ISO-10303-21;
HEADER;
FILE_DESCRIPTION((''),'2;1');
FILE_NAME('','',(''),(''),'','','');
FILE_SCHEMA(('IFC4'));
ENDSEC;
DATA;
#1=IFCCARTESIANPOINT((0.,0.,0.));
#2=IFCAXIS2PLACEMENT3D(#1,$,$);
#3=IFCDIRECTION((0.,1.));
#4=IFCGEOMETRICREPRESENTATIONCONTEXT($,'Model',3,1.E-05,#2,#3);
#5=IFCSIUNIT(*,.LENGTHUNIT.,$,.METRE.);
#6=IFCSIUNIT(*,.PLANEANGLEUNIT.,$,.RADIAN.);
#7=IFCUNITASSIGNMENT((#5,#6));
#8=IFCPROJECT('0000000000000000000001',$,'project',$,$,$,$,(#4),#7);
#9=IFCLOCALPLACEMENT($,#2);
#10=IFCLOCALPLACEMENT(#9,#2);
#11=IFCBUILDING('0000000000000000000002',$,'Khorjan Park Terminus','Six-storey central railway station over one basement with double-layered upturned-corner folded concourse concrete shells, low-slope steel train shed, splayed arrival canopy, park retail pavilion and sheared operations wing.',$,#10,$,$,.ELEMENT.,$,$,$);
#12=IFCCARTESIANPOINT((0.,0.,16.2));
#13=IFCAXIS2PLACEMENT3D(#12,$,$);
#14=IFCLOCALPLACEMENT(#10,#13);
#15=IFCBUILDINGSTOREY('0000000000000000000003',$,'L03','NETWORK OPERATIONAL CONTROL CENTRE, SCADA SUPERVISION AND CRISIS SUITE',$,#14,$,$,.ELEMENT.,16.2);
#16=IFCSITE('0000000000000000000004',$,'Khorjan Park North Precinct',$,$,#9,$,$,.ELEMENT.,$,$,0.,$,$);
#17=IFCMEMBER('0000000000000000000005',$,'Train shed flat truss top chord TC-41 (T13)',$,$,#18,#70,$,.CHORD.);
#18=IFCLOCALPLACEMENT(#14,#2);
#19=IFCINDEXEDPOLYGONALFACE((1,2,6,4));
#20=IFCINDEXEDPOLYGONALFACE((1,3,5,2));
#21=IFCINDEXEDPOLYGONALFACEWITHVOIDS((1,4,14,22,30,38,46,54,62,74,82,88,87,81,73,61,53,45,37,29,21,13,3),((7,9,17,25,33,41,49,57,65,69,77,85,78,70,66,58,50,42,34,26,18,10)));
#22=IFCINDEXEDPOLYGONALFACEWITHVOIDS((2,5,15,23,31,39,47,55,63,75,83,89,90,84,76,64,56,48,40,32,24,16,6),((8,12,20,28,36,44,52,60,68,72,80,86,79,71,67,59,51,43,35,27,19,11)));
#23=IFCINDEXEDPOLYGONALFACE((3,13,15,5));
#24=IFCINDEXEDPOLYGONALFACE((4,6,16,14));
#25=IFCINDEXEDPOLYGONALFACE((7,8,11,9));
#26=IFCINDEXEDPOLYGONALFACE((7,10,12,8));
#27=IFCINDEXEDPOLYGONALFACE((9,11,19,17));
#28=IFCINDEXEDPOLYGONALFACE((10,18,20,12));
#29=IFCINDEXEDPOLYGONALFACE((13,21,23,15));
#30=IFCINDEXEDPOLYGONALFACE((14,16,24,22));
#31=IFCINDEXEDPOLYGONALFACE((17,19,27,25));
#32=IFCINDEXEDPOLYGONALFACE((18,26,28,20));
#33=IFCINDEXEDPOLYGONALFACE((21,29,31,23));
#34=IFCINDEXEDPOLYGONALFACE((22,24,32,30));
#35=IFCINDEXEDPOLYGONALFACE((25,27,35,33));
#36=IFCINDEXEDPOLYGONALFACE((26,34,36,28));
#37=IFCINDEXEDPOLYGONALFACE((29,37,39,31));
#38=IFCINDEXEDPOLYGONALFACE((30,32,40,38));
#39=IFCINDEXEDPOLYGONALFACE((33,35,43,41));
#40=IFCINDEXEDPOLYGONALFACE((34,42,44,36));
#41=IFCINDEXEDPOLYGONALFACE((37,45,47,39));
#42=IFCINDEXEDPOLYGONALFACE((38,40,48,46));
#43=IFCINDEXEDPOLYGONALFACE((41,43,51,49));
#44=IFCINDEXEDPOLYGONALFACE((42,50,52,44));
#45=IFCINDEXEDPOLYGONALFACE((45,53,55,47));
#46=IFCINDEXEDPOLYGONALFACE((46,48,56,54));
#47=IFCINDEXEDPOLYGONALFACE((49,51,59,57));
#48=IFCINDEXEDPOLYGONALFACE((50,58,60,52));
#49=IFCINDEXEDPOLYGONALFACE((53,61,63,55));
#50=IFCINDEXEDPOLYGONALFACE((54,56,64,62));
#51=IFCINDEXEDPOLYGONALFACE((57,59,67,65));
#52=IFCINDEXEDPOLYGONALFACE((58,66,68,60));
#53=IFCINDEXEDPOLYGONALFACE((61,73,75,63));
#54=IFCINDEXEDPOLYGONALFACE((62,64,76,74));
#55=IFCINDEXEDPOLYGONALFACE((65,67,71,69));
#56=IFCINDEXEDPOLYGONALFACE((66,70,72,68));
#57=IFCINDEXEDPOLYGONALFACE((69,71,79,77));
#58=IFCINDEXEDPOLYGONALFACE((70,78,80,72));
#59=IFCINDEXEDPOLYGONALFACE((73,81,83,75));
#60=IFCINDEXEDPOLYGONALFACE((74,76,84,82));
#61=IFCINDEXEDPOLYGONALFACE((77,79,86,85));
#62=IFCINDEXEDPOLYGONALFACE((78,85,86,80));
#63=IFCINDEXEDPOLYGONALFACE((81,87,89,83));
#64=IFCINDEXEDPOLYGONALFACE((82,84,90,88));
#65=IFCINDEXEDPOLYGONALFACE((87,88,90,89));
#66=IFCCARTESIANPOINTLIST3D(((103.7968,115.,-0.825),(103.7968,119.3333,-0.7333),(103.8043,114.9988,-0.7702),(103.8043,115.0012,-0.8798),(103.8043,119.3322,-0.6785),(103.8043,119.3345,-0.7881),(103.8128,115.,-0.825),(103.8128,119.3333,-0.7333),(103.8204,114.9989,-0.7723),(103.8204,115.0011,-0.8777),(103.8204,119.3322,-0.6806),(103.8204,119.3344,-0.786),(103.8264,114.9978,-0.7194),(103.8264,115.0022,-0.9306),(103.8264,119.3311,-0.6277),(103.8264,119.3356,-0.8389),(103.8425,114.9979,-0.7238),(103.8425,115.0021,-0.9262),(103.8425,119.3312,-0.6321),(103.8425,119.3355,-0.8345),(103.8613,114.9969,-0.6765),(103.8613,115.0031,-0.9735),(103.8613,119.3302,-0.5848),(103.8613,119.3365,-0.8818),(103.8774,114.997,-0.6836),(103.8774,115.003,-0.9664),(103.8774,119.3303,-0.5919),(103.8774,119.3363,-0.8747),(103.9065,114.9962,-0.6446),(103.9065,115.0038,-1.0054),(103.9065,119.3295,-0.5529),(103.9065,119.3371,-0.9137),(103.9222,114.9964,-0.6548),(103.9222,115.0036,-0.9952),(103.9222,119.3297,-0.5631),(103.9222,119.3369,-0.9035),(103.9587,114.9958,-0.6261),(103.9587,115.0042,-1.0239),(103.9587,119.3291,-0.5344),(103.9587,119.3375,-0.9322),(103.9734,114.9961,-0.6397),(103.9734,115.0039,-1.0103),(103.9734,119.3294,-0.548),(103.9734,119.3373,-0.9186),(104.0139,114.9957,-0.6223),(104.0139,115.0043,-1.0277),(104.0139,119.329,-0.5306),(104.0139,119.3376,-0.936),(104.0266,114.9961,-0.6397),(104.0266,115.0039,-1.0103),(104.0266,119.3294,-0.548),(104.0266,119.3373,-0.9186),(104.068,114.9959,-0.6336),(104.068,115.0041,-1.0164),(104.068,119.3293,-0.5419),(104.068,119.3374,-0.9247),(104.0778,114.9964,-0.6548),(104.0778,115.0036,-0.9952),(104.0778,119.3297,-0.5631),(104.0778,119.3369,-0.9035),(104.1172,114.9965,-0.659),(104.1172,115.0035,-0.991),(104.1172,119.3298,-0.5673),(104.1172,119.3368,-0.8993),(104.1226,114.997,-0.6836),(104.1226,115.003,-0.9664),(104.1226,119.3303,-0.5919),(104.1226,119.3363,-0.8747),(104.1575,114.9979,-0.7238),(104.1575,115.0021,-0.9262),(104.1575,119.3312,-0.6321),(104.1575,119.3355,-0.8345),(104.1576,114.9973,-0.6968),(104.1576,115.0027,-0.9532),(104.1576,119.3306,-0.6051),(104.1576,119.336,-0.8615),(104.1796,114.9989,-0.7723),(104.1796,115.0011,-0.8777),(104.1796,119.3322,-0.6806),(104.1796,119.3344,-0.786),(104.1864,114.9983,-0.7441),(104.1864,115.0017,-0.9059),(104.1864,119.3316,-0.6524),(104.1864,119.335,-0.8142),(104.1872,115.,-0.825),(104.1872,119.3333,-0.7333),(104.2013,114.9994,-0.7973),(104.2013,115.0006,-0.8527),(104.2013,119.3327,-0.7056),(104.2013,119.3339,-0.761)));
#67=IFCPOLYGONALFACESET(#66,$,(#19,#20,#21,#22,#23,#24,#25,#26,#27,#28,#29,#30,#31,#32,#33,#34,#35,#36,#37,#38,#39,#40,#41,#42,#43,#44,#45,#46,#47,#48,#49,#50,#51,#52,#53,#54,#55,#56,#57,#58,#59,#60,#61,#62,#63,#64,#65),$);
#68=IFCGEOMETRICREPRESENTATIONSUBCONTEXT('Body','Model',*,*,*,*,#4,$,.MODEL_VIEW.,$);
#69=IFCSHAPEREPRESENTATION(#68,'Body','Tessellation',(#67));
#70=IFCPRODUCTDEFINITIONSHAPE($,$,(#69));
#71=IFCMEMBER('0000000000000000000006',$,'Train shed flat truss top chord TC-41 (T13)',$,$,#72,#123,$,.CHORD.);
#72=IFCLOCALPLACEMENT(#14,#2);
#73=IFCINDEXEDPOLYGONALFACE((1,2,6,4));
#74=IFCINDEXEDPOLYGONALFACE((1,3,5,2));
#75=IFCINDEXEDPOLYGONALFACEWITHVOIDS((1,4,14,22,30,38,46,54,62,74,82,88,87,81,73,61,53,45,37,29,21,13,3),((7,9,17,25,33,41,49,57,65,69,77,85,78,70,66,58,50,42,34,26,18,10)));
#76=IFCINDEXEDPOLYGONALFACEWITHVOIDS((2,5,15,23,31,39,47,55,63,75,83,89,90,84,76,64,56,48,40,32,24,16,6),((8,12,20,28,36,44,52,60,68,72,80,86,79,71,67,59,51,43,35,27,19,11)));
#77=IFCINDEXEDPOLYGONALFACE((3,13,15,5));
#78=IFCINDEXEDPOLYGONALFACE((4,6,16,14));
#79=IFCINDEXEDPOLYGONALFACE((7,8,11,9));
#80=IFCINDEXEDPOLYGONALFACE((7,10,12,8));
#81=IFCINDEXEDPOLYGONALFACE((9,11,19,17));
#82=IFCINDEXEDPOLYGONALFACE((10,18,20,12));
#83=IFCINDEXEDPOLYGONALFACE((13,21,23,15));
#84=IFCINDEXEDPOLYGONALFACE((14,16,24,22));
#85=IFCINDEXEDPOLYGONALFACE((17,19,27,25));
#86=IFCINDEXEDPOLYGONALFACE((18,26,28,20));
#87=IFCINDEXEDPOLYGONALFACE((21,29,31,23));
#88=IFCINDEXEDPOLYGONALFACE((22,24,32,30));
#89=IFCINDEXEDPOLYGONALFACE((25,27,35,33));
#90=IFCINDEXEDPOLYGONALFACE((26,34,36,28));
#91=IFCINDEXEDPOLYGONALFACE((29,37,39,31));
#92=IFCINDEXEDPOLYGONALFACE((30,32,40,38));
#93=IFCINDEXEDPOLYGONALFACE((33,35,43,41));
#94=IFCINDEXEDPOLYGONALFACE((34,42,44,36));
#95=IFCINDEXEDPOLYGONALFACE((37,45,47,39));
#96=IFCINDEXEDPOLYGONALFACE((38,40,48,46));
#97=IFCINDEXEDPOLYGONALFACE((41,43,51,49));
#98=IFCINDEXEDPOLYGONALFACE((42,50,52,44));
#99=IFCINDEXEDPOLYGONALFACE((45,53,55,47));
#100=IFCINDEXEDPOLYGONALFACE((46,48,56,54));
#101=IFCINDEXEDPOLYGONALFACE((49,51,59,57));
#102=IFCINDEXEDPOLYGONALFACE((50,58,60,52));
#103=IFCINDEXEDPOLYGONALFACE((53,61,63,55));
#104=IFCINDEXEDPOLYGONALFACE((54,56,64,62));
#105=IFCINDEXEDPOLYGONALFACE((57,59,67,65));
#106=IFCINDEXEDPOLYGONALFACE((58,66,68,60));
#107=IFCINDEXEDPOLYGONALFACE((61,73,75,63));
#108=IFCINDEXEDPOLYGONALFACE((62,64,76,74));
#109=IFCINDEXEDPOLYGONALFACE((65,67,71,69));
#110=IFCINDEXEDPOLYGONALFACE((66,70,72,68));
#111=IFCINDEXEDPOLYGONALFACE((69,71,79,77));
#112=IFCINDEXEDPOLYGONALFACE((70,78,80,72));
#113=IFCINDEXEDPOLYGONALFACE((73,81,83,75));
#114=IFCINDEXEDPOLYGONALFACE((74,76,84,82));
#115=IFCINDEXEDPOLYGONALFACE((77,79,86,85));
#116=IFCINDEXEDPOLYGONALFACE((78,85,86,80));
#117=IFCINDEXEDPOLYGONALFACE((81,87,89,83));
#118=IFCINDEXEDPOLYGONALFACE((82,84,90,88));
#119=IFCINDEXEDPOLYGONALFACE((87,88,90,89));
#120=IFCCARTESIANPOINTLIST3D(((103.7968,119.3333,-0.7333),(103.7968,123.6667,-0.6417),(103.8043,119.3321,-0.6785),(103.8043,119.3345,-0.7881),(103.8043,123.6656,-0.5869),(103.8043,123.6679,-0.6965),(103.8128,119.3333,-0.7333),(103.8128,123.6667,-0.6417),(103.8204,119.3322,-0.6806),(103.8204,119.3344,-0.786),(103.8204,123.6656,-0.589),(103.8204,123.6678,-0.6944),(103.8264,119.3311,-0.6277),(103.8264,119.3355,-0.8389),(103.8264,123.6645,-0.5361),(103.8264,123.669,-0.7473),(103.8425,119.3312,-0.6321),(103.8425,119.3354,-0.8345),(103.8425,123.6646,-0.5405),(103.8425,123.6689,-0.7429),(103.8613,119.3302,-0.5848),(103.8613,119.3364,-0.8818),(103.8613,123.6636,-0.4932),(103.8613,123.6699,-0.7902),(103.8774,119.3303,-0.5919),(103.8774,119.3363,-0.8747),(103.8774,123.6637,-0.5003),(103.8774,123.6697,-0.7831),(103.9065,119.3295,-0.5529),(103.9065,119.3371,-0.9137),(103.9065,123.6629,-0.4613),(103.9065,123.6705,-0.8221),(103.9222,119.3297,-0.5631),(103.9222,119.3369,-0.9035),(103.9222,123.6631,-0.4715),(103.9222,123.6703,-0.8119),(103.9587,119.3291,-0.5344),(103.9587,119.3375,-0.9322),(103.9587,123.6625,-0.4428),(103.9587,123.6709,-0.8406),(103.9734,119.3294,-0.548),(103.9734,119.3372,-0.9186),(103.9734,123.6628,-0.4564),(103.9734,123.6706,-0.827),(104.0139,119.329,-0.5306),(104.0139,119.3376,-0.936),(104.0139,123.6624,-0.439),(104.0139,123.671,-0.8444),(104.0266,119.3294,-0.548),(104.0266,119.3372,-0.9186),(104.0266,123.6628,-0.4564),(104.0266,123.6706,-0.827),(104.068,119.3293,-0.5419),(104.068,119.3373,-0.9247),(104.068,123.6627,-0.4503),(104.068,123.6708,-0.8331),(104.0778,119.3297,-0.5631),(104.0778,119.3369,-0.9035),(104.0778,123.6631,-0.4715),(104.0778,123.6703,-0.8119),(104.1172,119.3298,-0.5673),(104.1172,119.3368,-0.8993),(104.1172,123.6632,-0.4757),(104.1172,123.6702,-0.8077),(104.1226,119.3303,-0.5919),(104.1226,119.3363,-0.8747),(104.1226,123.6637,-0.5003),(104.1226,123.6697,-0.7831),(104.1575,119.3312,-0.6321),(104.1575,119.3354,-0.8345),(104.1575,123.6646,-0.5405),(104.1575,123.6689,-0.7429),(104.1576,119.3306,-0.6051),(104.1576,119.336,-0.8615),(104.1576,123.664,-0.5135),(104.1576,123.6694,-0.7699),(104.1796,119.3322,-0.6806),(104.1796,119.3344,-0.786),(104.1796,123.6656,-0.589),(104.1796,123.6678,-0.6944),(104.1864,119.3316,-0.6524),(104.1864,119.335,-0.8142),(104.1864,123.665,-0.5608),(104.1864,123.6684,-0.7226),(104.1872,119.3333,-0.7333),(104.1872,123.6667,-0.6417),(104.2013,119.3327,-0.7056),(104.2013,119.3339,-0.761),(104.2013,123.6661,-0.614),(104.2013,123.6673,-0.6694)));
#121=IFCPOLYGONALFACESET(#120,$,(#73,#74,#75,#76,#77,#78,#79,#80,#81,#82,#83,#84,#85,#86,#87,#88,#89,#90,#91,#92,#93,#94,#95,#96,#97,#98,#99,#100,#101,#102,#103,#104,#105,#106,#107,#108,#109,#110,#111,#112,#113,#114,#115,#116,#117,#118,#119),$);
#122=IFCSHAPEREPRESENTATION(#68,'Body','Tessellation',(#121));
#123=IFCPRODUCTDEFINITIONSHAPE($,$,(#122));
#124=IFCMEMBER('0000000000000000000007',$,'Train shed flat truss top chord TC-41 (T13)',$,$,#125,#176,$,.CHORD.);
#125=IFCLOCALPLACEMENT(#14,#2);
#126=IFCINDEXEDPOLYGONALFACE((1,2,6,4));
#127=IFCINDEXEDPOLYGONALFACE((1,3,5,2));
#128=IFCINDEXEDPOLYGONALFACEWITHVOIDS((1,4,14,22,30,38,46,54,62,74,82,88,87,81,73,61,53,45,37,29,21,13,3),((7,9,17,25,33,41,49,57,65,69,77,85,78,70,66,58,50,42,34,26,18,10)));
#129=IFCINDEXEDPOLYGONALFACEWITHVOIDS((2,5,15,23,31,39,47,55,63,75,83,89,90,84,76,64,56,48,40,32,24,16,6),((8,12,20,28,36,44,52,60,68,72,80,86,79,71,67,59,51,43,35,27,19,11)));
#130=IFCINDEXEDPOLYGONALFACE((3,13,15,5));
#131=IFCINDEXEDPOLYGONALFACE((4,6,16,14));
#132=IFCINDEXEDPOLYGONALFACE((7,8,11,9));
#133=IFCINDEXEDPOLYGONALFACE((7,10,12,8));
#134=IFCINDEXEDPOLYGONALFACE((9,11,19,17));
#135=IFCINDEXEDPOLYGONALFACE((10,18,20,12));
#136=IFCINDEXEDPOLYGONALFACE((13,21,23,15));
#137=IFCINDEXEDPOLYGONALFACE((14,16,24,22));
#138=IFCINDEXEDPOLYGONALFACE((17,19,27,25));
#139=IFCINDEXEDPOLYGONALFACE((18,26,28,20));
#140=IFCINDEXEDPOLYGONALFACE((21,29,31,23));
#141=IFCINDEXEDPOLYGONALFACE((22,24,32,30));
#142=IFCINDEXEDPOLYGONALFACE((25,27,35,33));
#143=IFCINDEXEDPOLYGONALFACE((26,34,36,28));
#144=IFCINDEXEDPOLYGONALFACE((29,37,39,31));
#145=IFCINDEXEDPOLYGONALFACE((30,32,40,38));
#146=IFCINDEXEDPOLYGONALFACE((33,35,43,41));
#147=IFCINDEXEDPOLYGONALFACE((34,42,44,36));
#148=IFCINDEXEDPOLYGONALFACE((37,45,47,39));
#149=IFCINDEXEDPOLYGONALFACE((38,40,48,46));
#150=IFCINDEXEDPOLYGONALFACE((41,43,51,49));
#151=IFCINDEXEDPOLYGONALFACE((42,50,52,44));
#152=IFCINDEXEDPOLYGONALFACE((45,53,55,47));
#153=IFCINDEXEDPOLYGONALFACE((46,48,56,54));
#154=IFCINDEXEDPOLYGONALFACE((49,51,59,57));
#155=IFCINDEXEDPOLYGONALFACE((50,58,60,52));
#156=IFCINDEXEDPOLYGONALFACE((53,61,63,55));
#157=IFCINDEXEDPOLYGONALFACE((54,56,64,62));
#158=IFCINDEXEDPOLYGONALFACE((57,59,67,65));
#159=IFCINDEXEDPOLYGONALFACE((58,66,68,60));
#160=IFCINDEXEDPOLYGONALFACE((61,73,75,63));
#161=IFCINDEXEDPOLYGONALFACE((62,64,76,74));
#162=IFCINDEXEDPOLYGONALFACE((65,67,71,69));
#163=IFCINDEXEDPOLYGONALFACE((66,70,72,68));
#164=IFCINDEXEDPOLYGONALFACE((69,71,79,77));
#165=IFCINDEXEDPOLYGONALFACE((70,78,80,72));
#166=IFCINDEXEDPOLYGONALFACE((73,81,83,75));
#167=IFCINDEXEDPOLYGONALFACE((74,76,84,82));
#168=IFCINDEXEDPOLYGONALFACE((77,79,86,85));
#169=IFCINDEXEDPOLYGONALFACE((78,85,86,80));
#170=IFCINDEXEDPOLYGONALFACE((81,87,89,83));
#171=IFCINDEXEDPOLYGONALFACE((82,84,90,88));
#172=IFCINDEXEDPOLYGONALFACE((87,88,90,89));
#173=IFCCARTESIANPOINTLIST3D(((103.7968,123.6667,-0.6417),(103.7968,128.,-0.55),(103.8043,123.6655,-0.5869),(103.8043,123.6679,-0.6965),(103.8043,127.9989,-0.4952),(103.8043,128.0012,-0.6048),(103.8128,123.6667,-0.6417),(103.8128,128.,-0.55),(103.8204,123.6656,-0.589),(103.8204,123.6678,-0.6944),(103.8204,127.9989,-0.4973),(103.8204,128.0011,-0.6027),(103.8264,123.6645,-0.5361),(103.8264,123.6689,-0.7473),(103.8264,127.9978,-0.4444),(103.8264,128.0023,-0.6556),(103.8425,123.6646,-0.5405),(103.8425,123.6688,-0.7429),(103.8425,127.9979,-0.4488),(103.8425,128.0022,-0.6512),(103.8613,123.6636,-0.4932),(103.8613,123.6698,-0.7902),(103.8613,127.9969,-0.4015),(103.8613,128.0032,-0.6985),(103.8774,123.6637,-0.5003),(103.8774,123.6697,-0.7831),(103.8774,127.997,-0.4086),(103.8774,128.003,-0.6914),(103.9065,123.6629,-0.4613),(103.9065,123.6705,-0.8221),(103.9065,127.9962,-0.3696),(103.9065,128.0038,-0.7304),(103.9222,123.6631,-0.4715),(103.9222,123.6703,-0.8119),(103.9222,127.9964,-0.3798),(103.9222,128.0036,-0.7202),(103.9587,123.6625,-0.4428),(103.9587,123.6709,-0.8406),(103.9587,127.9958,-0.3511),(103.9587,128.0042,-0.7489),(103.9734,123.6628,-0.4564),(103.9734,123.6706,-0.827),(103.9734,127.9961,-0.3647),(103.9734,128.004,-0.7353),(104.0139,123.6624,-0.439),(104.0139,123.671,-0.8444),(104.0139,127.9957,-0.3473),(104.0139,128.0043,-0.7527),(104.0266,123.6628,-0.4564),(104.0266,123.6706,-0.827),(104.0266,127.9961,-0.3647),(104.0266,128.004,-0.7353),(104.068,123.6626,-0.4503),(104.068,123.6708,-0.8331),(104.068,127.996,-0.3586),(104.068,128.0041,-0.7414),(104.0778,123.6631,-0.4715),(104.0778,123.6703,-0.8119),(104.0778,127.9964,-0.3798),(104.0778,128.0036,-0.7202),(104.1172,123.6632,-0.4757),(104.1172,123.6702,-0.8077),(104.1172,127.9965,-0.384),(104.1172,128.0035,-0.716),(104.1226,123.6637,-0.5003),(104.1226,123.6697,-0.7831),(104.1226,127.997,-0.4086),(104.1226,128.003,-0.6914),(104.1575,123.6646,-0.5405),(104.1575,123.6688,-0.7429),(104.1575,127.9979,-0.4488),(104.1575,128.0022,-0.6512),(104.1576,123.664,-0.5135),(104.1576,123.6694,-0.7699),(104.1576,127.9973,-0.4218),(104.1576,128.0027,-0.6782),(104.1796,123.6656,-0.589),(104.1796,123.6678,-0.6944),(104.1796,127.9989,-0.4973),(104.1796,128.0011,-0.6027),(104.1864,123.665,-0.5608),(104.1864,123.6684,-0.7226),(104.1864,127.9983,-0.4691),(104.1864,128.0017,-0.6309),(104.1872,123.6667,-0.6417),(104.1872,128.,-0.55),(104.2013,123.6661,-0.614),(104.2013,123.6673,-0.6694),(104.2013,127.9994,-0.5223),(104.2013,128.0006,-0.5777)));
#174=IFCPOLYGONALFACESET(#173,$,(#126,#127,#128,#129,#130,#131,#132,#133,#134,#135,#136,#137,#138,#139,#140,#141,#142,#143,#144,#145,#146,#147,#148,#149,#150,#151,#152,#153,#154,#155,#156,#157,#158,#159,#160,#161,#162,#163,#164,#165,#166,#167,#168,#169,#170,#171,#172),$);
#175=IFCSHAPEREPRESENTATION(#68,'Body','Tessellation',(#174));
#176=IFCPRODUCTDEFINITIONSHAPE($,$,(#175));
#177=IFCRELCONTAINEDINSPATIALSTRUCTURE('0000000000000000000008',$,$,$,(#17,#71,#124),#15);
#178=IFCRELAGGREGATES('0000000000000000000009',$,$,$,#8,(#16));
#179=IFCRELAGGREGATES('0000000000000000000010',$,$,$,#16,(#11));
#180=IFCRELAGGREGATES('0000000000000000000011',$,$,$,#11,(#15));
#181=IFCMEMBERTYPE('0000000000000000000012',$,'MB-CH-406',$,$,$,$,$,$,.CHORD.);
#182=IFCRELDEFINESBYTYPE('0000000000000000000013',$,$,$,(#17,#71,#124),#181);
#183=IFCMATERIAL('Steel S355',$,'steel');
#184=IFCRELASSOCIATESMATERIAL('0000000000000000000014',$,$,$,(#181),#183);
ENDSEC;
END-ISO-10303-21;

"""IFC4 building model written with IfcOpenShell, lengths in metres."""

from ifc_helpers import new_model, si_unit, direction, frame, origin, origin_2d, place, context, subcontext, project, spatial, hollow_circle, extrude, material, material_profile, profile_set, type_object, element, save


model = new_model("IFC4")

# Units and contexts
model_context = context("Model", 3, precision=1e-05, world=origin(), true_north=direction((0.0, 1.0)))
body_context = subcontext(model_context, "Body", "Model", "MODEL_VIEW")
ifc_project = project(units=[si_unit("LENGTHUNIT", "METRE"), si_unit("PLANEANGLEUNIT", "RADIAN")], contexts=[model_context])

# Site, building, storey
site_placement = place(None, origin())
site = spatial("IfcSite", under=ifc_project, at=site_placement, Name="Khorjan Park North Precinct", CompositionType="ELEMENT", RefElevation=0.0)
building_placement = place(site_placement, origin())
building = spatial("IfcBuilding", under=site, at=building_placement, Name="Khorjan Park Terminus", Description="Six-storey central railway station over one basement with double-layered upturned-corner folded concourse concrete shells, low-slope steel train shed, splayed arrival canopy, park retail pavilion and sheared operations wing.", CompositionType="ELEMENT")
storey_placement = place(building_placement, frame((0.0, 0.0, 16.2)))
storey = spatial("IfcBuildingStorey", under=building, at=storey_placement, Name="L03", Description="NETWORK OPERATIONAL CONTROL CENTRE, SCADA SUPERVISION AND CRISIS SUITE", CompositionType="ELEMENT", Elevation=16.2)

# Members
ifc_material = material(Name="Steel S355", Category="steel")
ifc_material_profile_1 = material_profile(ifc_material, hollow_circle(Radius=0.2032, WallThickness=0.016, at=origin_2d()), Name="CHS 406.4x16")
ifc_profile_set_1 = profile_set([ifc_material_profile_1], Name="Steel S355")
member_type_1 = type_object("IfcMemberType", Name="MB-CH-406", PredefinedType="CHORD", material=ifc_profile_set_1)
member_1_placement = place(storey_placement, frame((104.0, 115.0, -0.825), z_axis=(0.0, 0.999776, 0.021157), x_axis=(-1.0, 0.0, 0.0)))
element("IfcMember", 1, at=member_1_placement, inside=storey, type_object=member_type_1, Name="Train shed flat truss top chord TC-41 (T13)", PredefinedType="CHORD", context=body_context, shape_type="SweptSolid", body=[
    extrude(hollow_circle(Radius=0.2032, WallThickness=0.016, at=origin_2d()), origin(), (0.0, 0.0, 1.0), 4.3343),
])
member_2_placement = place(storey_placement, frame((104.0, 119.3333, -0.7333), z_axis=(0.0, 0.999777, 0.021133), x_axis=(-1.0, 0.0, 0.0)))
element("IfcMember", 2, at=member_2_placement, inside=storey, type_object=member_type_1, Name="Train shed flat truss top chord TC-41 (T13)", PredefinedType="CHORD", context=body_context, shape_type="SweptSolid", body=[
    extrude(hollow_circle(Radius=0.2032, WallThickness=0.016, at=origin_2d()), origin(), (0.0, 0.0, 1.0), 4.3344),
])
member_3_placement = place(storey_placement, frame((104.0, 123.6667, -0.6417), z_axis=(0.0, 0.999776, 0.021157), x_axis=(-1.0, 0.0, 0.0)))
element("IfcMember", 3, at=member_3_placement, inside=storey, type_object=member_type_1, Name="Train shed flat truss top chord TC-41 (T13)", PredefinedType="CHORD", context=body_context, shape_type="SweptSolid", body=[
    extrude(hollow_circle(Radius=0.2032, WallThickness=0.016, at=origin_2d()), origin(), (0.0, 0.0, 1.0), 4.3343),
])

save(model, "model.ifc")
